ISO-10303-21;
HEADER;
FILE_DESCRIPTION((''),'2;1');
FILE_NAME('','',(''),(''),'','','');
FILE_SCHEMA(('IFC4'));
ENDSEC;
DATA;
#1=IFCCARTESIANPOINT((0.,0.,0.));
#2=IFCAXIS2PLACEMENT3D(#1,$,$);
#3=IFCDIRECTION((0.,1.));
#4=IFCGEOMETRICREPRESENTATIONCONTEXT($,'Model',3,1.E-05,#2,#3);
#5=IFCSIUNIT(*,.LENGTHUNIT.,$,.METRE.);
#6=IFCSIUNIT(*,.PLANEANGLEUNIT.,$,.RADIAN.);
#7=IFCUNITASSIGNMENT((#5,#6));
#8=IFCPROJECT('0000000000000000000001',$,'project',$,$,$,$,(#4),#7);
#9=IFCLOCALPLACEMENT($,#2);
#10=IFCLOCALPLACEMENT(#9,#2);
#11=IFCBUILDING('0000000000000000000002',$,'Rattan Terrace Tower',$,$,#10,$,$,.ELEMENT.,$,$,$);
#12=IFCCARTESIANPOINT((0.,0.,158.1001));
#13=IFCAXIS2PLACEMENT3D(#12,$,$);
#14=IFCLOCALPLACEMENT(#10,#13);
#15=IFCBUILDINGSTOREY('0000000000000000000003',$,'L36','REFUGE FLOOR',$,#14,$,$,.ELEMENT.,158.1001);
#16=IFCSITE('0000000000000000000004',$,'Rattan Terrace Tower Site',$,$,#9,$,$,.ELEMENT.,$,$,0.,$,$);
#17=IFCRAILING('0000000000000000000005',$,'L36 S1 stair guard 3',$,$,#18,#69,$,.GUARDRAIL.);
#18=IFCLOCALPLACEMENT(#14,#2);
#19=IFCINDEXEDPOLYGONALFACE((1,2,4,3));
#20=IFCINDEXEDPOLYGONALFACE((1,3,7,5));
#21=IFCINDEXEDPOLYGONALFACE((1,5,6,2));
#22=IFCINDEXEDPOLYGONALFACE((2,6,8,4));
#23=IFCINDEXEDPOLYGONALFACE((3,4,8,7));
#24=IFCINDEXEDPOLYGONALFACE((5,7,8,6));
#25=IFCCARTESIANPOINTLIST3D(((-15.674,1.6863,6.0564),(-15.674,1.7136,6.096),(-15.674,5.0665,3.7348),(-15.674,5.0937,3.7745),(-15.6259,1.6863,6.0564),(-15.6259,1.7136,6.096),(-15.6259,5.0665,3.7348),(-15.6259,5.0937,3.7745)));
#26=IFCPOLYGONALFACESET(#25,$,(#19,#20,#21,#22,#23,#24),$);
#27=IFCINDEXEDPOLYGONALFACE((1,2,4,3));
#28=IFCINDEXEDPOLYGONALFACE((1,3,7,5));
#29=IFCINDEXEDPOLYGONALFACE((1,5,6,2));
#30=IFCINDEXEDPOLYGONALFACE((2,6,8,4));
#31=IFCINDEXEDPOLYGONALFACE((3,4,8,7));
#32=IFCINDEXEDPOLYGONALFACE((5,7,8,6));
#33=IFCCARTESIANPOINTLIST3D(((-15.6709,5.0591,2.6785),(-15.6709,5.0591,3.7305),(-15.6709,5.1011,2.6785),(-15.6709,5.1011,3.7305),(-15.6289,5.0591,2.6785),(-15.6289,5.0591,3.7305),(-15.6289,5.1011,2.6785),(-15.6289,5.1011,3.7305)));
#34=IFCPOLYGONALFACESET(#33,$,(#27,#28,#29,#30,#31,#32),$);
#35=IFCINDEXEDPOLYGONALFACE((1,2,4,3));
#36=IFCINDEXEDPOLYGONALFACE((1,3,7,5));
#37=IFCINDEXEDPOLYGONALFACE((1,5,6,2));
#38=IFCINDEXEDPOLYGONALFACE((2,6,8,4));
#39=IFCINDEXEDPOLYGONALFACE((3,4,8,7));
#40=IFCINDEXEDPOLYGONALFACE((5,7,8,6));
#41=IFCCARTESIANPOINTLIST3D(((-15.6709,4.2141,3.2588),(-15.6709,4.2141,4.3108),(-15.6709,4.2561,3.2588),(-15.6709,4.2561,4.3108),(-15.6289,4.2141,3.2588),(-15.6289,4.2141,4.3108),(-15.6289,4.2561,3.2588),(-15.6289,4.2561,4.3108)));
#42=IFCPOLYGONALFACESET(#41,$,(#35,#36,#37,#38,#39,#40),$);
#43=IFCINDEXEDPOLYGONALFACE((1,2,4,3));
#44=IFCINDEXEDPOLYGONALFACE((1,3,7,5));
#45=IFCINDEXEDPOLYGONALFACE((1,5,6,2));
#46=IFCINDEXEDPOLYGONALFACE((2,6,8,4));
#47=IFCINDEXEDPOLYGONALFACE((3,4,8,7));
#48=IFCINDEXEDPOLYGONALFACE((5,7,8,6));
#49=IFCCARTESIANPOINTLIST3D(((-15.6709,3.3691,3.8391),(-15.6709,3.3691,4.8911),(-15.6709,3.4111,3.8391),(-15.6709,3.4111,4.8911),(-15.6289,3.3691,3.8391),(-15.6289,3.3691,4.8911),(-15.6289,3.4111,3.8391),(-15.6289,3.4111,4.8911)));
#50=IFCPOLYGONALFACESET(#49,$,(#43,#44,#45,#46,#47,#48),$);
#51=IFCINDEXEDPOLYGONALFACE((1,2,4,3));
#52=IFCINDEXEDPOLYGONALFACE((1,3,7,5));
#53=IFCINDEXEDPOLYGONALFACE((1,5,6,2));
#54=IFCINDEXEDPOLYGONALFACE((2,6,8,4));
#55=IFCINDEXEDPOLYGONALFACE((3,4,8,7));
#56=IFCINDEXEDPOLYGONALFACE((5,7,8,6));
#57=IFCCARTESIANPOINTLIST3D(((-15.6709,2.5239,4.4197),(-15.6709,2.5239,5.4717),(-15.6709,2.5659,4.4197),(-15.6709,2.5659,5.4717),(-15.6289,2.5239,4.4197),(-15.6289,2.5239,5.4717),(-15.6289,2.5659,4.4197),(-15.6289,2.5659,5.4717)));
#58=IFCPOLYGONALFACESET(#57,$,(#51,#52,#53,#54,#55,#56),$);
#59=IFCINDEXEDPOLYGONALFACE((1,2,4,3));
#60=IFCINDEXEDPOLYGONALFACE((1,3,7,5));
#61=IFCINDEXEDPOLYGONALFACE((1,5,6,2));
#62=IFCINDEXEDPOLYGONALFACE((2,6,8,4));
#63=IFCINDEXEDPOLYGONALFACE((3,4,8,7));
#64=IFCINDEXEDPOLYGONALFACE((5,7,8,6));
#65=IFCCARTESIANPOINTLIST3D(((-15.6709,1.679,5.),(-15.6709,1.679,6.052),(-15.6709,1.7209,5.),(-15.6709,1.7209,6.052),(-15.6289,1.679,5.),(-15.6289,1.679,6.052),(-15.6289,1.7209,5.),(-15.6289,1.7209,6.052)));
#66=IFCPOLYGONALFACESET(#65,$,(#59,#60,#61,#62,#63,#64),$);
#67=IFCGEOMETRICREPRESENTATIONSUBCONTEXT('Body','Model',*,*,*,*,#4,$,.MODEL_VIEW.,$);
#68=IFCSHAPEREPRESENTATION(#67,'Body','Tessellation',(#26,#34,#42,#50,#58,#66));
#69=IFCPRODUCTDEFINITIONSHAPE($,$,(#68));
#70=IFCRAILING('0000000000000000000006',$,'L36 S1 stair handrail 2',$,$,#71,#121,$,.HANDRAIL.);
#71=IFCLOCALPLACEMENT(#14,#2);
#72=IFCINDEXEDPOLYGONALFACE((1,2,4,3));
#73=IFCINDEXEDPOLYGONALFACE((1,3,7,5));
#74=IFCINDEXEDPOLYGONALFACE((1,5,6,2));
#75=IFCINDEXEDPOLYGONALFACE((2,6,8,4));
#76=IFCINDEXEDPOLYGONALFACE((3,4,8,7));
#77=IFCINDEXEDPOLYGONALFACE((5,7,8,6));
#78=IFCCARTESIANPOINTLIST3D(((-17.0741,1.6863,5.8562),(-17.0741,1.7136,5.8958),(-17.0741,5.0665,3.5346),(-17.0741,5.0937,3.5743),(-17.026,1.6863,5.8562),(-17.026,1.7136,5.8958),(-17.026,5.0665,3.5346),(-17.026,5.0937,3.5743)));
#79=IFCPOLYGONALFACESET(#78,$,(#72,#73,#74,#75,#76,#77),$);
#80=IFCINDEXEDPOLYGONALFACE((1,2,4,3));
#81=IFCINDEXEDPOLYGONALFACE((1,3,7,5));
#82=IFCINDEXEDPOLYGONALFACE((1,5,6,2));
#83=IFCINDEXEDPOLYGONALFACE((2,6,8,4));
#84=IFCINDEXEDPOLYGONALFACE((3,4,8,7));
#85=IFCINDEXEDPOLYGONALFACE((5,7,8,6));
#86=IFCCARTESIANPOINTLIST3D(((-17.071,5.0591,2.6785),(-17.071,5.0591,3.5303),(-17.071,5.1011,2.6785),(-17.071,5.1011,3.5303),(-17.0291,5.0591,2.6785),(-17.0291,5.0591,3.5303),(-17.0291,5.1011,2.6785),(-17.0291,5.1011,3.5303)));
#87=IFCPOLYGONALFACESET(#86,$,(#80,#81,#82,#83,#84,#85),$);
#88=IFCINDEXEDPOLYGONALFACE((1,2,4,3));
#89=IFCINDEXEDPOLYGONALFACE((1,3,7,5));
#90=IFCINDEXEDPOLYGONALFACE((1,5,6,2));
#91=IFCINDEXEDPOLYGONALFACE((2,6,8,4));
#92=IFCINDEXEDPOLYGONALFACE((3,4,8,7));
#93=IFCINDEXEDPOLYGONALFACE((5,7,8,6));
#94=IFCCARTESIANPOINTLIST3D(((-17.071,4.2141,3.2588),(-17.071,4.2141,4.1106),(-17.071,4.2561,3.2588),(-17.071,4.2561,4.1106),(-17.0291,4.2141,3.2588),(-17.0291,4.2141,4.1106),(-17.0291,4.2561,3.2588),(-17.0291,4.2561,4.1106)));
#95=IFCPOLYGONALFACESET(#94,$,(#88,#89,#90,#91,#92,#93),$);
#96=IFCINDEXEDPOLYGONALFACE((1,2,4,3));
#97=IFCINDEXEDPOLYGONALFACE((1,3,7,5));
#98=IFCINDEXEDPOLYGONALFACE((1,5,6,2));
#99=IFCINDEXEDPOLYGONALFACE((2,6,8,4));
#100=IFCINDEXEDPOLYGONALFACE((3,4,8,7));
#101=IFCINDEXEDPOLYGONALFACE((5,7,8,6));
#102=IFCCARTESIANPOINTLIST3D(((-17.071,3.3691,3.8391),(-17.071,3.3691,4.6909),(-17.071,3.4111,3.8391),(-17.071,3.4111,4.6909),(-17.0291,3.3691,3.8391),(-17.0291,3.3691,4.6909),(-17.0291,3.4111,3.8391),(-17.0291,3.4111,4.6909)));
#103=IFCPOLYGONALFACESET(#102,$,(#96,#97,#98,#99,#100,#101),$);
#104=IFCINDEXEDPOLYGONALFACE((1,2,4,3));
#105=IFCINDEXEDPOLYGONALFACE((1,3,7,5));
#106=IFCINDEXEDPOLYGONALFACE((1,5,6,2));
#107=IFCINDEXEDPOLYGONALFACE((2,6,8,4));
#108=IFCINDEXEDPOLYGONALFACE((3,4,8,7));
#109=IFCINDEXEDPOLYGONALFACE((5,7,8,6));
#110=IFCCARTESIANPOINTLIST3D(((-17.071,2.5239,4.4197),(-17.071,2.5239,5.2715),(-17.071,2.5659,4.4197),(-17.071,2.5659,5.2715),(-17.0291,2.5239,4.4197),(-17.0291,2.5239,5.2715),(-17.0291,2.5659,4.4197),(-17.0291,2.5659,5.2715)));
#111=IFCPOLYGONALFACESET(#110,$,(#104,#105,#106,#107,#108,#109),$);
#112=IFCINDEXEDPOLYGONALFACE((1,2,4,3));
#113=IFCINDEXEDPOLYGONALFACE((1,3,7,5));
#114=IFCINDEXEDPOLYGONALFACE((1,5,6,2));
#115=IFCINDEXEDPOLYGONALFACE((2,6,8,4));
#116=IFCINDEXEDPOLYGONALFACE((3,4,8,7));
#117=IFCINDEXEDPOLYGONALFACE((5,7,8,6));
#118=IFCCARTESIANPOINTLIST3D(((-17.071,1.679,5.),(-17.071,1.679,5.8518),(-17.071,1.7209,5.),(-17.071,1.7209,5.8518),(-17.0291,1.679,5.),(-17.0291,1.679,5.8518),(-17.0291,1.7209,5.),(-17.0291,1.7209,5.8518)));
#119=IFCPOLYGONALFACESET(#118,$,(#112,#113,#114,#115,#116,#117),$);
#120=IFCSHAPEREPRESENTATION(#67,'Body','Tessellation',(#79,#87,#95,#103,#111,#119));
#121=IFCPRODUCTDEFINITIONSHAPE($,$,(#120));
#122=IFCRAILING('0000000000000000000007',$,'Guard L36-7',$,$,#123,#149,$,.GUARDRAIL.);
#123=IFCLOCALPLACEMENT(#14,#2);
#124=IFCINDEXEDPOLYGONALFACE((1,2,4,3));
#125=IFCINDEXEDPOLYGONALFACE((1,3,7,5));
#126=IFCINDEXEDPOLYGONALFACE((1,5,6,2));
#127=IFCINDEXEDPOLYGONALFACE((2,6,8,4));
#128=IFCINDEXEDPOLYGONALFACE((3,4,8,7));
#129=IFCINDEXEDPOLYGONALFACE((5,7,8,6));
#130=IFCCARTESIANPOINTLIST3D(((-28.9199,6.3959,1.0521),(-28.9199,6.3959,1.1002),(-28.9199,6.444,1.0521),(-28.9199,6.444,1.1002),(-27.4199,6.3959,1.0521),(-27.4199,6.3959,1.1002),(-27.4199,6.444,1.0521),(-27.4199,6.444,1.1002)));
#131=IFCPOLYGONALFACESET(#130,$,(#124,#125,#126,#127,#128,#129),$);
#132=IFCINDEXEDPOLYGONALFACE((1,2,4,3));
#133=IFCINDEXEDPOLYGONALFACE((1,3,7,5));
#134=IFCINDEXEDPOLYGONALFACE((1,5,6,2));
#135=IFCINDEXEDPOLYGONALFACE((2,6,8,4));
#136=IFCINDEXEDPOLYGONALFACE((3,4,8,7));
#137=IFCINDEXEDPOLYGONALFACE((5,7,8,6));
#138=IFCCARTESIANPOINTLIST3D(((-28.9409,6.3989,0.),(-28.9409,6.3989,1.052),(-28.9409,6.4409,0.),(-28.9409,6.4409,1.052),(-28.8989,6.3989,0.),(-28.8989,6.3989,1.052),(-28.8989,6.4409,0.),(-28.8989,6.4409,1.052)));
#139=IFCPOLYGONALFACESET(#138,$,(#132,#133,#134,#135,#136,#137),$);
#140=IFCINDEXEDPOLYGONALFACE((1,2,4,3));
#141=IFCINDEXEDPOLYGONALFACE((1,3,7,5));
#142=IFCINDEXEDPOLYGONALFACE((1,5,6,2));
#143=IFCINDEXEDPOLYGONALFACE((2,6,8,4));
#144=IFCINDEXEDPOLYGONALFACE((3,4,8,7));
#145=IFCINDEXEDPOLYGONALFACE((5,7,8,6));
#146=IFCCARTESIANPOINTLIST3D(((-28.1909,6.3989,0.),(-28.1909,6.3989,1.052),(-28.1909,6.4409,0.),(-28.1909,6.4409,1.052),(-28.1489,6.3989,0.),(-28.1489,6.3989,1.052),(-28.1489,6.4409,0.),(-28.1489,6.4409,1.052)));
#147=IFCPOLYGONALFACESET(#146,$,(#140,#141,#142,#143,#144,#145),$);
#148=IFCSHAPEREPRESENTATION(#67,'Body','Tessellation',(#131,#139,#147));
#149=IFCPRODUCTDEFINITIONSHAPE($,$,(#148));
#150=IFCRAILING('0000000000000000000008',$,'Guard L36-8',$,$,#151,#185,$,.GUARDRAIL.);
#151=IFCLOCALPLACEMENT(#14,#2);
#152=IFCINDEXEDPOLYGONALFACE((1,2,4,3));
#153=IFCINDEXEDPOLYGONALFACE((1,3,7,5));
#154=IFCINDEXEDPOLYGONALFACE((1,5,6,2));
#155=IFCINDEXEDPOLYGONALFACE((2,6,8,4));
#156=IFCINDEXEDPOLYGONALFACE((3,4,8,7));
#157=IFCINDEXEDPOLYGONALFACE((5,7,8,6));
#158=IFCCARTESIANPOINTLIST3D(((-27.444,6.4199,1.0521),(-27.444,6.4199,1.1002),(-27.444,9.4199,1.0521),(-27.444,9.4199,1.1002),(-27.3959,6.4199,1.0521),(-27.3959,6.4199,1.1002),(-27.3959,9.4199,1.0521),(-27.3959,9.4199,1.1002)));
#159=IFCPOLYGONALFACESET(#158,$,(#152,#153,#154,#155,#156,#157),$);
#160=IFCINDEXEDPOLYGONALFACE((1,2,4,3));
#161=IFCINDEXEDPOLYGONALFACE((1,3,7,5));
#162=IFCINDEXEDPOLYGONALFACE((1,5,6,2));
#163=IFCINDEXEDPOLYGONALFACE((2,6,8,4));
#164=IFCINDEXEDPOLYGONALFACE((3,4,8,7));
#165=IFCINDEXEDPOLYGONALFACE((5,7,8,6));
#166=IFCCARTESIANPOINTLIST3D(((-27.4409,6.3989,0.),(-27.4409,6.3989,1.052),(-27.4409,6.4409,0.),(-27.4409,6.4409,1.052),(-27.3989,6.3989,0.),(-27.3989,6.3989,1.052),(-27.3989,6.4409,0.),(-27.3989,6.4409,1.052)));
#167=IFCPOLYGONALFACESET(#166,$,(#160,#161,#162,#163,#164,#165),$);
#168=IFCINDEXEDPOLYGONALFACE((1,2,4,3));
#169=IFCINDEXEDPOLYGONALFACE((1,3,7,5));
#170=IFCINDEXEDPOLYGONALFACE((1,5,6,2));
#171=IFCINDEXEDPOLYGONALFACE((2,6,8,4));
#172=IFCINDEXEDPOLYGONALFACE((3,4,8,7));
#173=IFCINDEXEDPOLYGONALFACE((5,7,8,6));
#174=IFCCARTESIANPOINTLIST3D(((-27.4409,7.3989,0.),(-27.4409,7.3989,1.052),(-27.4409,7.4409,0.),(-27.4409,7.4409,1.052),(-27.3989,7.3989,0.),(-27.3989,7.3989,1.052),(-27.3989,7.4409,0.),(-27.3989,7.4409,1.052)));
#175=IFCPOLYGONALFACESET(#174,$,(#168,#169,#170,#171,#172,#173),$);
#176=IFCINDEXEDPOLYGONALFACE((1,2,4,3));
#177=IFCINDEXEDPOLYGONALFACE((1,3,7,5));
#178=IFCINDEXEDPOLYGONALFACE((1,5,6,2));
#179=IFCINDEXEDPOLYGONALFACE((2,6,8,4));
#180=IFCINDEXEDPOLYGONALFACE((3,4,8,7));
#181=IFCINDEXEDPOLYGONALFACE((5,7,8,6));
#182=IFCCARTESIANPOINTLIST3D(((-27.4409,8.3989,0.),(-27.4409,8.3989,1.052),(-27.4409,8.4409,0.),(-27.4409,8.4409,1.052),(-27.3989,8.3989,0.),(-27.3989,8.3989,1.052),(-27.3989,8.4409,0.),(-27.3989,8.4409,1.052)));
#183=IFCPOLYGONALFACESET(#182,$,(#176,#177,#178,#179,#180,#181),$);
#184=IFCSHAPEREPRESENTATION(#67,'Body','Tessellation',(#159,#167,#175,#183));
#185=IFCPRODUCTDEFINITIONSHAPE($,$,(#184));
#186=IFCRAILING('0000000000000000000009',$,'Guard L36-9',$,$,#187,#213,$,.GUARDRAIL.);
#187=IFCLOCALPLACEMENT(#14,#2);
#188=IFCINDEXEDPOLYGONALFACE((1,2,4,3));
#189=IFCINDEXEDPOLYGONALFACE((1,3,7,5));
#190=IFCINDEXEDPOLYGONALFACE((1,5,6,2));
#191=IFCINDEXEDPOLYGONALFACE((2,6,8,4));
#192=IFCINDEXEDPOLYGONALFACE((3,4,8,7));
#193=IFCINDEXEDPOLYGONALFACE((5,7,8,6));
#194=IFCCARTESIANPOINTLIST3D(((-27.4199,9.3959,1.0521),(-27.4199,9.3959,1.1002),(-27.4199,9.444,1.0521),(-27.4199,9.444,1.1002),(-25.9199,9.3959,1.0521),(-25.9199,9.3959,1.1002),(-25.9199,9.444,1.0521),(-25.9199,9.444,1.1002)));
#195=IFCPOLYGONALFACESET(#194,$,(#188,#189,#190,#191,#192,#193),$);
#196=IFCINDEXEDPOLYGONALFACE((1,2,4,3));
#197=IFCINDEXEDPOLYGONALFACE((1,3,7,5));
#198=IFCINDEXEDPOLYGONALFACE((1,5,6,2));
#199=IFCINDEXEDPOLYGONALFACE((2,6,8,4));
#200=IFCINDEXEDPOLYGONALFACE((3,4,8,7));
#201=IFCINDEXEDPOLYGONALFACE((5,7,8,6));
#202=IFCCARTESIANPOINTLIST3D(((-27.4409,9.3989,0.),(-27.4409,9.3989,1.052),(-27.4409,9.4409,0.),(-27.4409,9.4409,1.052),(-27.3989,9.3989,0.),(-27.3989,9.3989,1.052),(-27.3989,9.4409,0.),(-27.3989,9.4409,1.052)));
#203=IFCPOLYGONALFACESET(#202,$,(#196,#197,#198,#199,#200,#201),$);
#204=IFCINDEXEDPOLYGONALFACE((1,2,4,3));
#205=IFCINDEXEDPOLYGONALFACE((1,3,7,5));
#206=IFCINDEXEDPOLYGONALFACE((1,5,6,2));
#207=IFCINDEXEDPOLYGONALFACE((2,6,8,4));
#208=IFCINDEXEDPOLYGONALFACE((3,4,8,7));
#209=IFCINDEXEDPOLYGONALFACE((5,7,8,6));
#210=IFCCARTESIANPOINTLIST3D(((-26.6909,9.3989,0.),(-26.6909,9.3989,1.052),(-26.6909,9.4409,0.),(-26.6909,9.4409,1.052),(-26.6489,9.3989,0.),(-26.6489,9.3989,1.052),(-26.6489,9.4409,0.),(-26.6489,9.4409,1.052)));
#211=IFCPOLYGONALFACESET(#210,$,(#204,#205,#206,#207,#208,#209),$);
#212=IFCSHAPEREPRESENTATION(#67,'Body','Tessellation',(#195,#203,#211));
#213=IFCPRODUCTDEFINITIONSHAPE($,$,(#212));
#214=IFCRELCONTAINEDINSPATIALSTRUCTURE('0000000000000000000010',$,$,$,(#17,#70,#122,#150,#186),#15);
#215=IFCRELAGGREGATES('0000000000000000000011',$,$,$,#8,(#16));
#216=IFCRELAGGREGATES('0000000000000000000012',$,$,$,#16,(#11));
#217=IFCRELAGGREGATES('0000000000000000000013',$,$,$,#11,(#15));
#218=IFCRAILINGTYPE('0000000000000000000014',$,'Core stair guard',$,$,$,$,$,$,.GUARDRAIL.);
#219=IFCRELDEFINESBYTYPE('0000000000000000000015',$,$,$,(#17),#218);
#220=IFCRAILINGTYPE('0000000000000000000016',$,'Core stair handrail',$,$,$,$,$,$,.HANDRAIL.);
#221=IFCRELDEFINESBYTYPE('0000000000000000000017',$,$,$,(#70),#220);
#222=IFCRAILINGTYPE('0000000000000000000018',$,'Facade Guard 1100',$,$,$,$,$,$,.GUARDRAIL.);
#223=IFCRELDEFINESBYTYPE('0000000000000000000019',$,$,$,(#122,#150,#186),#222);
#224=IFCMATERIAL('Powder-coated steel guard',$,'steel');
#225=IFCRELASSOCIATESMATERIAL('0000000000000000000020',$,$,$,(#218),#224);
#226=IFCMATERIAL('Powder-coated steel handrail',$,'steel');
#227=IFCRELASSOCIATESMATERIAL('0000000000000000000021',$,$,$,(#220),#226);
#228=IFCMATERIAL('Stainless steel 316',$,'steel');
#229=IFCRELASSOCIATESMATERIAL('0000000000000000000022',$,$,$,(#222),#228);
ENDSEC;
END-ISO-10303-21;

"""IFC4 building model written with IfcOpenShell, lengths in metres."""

from ifc_helpers import new_model, si_unit, direction, frame, origin, origin_2d, place, context, subcontext, project, spatial, rectangle, extrude, material, type_object, element, save


model = new_model("IFC4")

# Units and contexts
model_context = context("Model", 3, precision=1e-05, world=origin(), true_north=direction((0.0, 1.0)))
body_context = subcontext(model_context, "Body", "Model", "MODEL_VIEW")
ifc_project = project(units=[si_unit("LENGTHUNIT", "METRE"), si_unit("PLANEANGLEUNIT", "RADIAN")], contexts=[model_context])

# Site, building, storey
site_placement = place(None, origin())
site = spatial("IfcSite", under=ifc_project, at=site_placement, Name="Rattan Terrace Tower Site", CompositionType="ELEMENT", RefElevation=0.0)
building_placement = place(site_placement, origin())
building = spatial("IfcBuilding", under=site, at=building_placement, Name="Rattan Terrace Tower", CompositionType="ELEMENT")
storey_placement = place(building_placement, frame((0.0, 0.0, 158.1001)))
storey = spatial("IfcBuildingStorey", under=building, at=storey_placement, Name="L36", Description="REFUGE FLOOR", CompositionType="ELEMENT", Elevation=158.1001)

# Railings
ifc_material_1 = material(Name="Powder-coated steel guard", Category="steel")
railing_type_1 = type_object("IfcRailingType", Name="Core stair guard", PredefinedType="GUARDRAIL", material=ifc_material_1)
railing_1_placement = place(storey_placement, frame((-15.6499, 5.0801, 2.6785)))
element("IfcRailing", 1, at=railing_1_placement, inside=storey, type_object=railing_type_1, Name="L36 S1 stair guard 3", PredefinedType="GUARDRAIL", context=body_context, shape_type="SweptSolid", body=[
    extrude(rectangle(XDim=0.0481, YDim=0.0481, at=origin_2d()), frame((0.0, 0.0, 1.0762), z_axis=(0.0, -0.824304, 0.566147), x_axis=(1.0, 0.0, 0.0)), (0.0, 0.0, 1.0), 4.1006),
    extrude(rectangle(XDim=0.042, YDim=0.042, at=origin_2d()), origin(), (0.0, 0.0, 1.0), 1.052),
    extrude(rectangle(XDim=0.042, YDim=0.042, at=origin_2d()), frame((0.0, -0.845, 0.5803)), (0.0, 0.0, 1.0), 1.052),
    extrude(rectangle(XDim=0.042, YDim=0.042, at=origin_2d()), frame((0.0, -1.6899, 1.1606)), (0.0, 0.0, 1.0), 1.052),
    extrude(rectangle(XDim=0.042, YDim=0.042, at=origin_2d()), frame((0.0, -2.5352, 1.7412)), (0.0, 0.0, 1.0), 1.052),
    extrude(rectangle(XDim=0.042, YDim=0.042, at=origin_2d()), frame((0.0, -3.3801, 2.3215)), (0.0, 0.0, 1.0), 1.052),
])
ifc_material_2 = material(Name="Powder-coated steel handrail", Category="steel")
railing_type_2 = type_object("IfcRailingType", Name="Core stair handrail", PredefinedType="HANDRAIL", material=ifc_material_2)
railing_2_placement = place(storey_placement, frame((-17.05, 5.0801, 2.6785)))
element("IfcRailing", 2, at=railing_2_placement, inside=storey, type_object=railing_type_2, Name="L36 S1 stair handrail 2", PredefinedType="HANDRAIL", context=body_context, shape_type="SweptSolid", body=[
    extrude(rectangle(XDim=0.0481, YDim=0.0481, at=origin_2d()), frame((0.0, 0.0, 0.876), z_axis=(0.0, -0.824304, 0.566147), x_axis=(1.0, 0.0, 0.0)), (0.0, 0.0, 1.0), 4.1006),
    extrude(rectangle(XDim=0.042, YDim=0.042, at=origin_2d()), origin(), (0.0, 0.0, 1.0), 0.8518),
    extrude(rectangle(XDim=0.042, YDim=0.042, at=origin_2d()), frame((0.0, -0.845, 0.5803)), (0.0, 0.0, 1.0), 0.8518),
    extrude(rectangle(XDim=0.042, YDim=0.042, at=origin_2d()), frame((0.0, -1.6899, 1.1606)), (0.0, 0.0, 1.0), 0.8518),
    extrude(rectangle(XDim=0.042, YDim=0.042, at=origin_2d()), frame((0.0, -2.5352, 1.7412)), (0.0, 0.0, 1.0), 0.8518),
    extrude(rectangle(XDim=0.042, YDim=0.042, at=origin_2d()), frame((0.0, -3.3801, 2.3215)), (0.0, 0.0, 1.0), 0.8518),
])
ifc_material_3 = material(Name="Stainless steel 316", Category="steel")
railing_type_3 = type_object("IfcRailingType", Name="Facade Guard 1100", PredefinedType="GUARDRAIL", material=ifc_material_3)
railing_3_placement = place(storey_placement, frame((-28.9199, 6.4199, 0.0)))
element("IfcRailing", 3, at=railing_3_placement, inside=storey, type_object=railing_type_3, Name="Guard L36-7", PredefinedType="GUARDRAIL", context=body_context, shape_type="SweptSolid", body=[
    extrude(rectangle(XDim=0.0481, YDim=0.0481, at=origin_2d()), frame((0.0, 0.0, 1.0762), z_axis=(1.0, 0.0, 0.0), x_axis=(0.0, 1.0, 0.0)), (0.0, 0.0, 1.0), 1.5),
    extrude(rectangle(XDim=0.042, YDim=0.042, at=origin_2d()), origin(), (0.0, 0.0, 1.0), 1.052),
    extrude(rectangle(XDim=0.042, YDim=0.042, at=origin_2d()), frame((0.75, 0.0, 0.0)), (0.0, 0.0, 1.0), 1.052),
])
railing_4_placement = place(storey_placement, frame((-27.4199, 6.4199, 0.0)))
element("IfcRailing", 4, at=railing_4_placement, inside=storey, type_object=railing_type_3, Name="Guard L36-8", PredefinedType="GUARDRAIL", context=body_context, shape_type="SweptSolid", body=[
    extrude(rectangle(XDim=0.0481, YDim=0.0481, at=origin_2d()), frame((0.0, 0.0, 1.0762), z_axis=(0.0, 1.0, 0.0), x_axis=(-1.0, 0.0, 0.0)), (0.0, 0.0, 1.0), 3.0),
    extrude(rectangle(XDim=0.042, YDim=0.042, at=origin_2d()), origin(), (0.0, 0.0, 1.0), 1.052),
    extrude(rectangle(XDim=0.042, YDim=0.042, at=origin_2d()), frame((0.0, 1.0, 0.0)), (0.0, 0.0, 1.0), 1.052),
    extrude(rectangle(XDim=0.042, YDim=0.042, at=origin_2d()), frame((0.0, 2.0, 0.0)), (0.0, 0.0, 1.0), 1.052),
])
railing_5_placement = place(storey_placement, frame((-27.4199, 9.4199, 0.0)))
element("IfcRailing", 5, at=railing_5_placement, inside=storey, type_object=railing_type_3, Name="Guard L36-9", PredefinedType="GUARDRAIL", context=body_context, shape_type="SweptSolid", body=[
    extrude(rectangle(XDim=0.0481, YDim=0.0481, at=origin_2d()), frame((0.0, 0.0, 1.0762), z_axis=(1.0, 0.0, 0.0), x_axis=(0.0, 1.0, 0.0)), (0.0, 0.0, 1.0), 1.5),
    extrude(rectangle(XDim=0.042, YDim=0.042, at=origin_2d()), origin(), (0.0, 0.0, 1.0), 1.052),
    extrude(rectangle(XDim=0.042, YDim=0.042, at=origin_2d()), frame((0.75, 0.0, 0.0)), (0.0, 0.0, 1.0), 1.052),
])

save(model, "model.ifc")
